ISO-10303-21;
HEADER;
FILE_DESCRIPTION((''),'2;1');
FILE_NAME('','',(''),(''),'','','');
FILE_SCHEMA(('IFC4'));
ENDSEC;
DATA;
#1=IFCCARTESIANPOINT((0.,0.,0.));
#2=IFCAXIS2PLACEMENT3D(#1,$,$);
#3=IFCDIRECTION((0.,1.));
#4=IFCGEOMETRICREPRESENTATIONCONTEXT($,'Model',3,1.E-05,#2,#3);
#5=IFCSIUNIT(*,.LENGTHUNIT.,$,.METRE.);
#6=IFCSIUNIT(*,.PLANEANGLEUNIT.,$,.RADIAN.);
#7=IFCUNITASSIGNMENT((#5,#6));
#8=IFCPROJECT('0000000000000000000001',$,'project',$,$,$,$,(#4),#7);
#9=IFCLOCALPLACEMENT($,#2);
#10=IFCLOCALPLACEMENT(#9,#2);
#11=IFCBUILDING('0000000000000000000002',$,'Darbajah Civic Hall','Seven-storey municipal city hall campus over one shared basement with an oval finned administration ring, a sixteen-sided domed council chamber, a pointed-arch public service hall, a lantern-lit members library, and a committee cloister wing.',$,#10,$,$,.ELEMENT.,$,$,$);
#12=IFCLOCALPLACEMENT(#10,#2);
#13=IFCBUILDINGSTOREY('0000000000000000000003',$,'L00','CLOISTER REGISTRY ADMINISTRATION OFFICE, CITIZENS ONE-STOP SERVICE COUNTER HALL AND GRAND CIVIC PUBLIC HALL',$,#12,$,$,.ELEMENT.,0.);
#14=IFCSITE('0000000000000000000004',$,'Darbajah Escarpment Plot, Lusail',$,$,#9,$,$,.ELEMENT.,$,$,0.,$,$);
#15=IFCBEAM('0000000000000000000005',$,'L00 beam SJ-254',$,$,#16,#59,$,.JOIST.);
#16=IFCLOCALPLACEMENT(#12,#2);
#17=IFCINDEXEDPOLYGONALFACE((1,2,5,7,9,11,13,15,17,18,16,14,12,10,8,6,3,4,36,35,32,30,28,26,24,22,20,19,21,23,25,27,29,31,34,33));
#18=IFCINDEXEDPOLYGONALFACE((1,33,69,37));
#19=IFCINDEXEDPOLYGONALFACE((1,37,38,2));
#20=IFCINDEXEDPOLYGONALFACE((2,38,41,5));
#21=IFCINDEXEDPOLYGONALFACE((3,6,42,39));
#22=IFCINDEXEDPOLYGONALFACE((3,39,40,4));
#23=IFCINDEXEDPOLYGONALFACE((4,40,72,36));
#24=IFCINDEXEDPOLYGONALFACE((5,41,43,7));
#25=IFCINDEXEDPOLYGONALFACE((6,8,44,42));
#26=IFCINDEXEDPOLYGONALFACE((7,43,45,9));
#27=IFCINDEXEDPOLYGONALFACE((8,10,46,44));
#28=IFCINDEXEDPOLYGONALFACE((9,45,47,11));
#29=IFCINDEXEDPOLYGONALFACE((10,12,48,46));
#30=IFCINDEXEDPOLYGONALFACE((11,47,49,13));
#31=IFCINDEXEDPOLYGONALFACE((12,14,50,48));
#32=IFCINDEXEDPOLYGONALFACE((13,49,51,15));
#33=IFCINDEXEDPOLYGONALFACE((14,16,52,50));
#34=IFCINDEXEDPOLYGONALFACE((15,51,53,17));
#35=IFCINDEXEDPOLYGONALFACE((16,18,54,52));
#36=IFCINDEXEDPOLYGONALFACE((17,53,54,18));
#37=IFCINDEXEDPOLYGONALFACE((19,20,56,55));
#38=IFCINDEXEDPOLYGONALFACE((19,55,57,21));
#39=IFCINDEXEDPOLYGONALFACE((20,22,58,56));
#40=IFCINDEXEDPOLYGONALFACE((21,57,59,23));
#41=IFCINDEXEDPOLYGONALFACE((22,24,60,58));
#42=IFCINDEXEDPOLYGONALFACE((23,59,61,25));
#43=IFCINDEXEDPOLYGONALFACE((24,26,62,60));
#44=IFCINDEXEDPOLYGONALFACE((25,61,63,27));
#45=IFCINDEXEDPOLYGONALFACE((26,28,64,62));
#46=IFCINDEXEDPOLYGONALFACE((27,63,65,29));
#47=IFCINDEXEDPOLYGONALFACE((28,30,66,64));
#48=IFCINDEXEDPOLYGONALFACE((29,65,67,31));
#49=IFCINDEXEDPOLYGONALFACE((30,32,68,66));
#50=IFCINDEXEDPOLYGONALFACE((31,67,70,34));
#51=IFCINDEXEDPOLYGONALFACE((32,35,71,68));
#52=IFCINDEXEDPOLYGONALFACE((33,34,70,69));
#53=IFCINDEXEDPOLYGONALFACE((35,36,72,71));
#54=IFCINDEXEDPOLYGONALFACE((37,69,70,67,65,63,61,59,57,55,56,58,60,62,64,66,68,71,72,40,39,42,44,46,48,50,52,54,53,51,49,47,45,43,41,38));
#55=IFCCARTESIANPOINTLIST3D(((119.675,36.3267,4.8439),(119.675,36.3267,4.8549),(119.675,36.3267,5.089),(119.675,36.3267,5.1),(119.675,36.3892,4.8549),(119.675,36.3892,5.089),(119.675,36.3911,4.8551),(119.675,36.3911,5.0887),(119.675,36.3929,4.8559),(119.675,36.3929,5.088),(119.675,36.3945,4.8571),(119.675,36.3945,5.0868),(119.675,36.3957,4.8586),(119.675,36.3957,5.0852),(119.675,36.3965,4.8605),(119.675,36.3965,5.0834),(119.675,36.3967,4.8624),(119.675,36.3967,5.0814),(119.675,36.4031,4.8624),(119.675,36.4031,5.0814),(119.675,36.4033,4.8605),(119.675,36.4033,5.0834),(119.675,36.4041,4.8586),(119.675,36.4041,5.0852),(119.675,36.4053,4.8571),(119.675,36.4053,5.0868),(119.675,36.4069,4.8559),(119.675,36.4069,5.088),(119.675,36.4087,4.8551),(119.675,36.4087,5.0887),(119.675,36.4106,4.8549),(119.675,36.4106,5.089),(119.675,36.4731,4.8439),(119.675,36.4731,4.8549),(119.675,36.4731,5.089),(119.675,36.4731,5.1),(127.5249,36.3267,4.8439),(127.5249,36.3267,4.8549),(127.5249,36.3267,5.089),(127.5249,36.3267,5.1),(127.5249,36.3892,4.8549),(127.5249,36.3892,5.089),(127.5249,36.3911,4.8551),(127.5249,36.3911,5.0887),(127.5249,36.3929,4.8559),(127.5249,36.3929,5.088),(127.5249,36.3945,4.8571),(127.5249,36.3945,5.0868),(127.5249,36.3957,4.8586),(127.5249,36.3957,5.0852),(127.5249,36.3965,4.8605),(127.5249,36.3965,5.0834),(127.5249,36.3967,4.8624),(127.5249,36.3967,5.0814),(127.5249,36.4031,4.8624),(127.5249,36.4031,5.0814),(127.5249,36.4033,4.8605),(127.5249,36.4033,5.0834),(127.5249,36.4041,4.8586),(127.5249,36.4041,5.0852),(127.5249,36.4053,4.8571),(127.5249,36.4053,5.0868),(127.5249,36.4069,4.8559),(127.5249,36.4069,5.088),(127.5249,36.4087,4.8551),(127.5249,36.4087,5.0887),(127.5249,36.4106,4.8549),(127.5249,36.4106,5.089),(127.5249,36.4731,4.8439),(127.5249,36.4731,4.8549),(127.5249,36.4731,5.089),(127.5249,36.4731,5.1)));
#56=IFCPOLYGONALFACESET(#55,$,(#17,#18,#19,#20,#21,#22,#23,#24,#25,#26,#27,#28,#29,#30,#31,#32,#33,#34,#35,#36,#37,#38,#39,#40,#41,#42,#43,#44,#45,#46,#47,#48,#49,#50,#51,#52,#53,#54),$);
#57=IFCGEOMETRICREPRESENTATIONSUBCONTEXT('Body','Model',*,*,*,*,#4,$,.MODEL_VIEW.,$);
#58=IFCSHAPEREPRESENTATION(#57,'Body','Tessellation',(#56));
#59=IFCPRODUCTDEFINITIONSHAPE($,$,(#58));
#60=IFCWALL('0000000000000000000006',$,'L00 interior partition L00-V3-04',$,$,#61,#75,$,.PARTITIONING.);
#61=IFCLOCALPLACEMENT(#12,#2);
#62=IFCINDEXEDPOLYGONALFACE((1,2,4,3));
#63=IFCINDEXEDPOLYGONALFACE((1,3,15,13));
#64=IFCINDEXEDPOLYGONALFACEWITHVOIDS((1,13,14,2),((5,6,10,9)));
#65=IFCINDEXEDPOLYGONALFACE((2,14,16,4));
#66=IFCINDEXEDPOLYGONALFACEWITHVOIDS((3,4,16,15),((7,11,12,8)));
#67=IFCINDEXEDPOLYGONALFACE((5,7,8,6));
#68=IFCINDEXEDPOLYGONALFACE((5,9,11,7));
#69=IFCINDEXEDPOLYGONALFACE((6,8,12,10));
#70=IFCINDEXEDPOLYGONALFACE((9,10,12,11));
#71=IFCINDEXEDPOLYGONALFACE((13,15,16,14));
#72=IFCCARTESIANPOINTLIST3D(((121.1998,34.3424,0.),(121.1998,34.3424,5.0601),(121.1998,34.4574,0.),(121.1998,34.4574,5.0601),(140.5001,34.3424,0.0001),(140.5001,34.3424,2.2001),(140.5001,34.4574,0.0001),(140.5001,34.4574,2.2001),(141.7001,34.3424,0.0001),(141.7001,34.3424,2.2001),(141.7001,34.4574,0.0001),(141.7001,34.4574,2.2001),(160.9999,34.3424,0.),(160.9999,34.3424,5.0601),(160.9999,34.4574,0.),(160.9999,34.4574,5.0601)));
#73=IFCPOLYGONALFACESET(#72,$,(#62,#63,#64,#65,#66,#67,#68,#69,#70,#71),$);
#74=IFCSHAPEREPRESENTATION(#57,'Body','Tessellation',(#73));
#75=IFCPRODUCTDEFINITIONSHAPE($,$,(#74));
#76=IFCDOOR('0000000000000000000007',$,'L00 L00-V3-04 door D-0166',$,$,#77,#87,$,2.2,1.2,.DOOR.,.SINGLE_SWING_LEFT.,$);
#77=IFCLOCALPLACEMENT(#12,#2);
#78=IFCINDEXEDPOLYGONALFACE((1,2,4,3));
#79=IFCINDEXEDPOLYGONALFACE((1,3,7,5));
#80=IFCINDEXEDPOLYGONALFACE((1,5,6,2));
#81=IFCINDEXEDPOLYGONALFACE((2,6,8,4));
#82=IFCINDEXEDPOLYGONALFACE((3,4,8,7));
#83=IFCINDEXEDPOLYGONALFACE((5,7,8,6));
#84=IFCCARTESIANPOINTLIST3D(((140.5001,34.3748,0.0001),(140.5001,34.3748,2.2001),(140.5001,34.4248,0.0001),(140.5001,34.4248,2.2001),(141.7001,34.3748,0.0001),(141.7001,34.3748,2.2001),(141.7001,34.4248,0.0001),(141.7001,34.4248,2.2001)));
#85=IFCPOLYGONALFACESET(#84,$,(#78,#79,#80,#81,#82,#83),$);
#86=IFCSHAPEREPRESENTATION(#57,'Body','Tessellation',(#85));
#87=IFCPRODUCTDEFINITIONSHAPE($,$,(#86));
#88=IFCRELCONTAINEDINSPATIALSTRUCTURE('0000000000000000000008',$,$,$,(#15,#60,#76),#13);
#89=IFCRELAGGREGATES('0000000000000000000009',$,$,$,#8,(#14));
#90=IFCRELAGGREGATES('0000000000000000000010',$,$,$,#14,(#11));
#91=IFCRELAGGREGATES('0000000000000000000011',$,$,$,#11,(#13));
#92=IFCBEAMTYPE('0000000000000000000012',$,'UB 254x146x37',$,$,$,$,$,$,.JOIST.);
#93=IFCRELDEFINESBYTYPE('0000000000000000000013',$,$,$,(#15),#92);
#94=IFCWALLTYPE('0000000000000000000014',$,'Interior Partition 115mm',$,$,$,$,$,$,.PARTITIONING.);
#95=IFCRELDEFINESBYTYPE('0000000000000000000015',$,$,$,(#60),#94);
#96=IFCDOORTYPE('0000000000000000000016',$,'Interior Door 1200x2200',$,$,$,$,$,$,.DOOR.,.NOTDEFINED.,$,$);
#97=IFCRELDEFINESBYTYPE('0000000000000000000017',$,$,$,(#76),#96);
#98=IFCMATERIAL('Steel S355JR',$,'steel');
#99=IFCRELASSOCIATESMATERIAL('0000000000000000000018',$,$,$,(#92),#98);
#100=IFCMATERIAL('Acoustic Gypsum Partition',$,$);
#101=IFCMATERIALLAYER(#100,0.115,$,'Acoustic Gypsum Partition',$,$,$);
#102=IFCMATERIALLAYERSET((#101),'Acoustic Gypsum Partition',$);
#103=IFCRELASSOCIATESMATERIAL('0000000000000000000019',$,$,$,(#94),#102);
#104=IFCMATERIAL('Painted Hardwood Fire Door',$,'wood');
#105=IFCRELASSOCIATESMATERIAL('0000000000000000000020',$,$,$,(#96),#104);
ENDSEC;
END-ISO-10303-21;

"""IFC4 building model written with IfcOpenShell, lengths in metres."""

from ifc_helpers import new_model, si_unit, direction, frame, frame_2d, origin, origin_2d, place, context, subcontext, project, spatial, rectangle, i_section, extrude, material, layer, layer_set, material_profile, profile_set, type_object, element, fill, save


model = new_model("IFC4")

# Units and contexts
model_context = context("Model", 3, precision=1e-05, world=origin(), true_north=direction((0.0, 1.0)))
body_context = subcontext(model_context, "Body", "Model", "MODEL_VIEW")
ifc_project = project(units=[si_unit("LENGTHUNIT", "METRE"), si_unit("PLANEANGLEUNIT", "RADIAN")], contexts=[model_context])

# Site, building, storey
site_placement = place(None, origin())
site = spatial("IfcSite", under=ifc_project, at=site_placement, Name="Darbajah Escarpment Plot, Lusail", CompositionType="ELEMENT", RefElevation=0.0)
building_placement = place(site_placement, origin())
building = spatial("IfcBuilding", under=site, at=building_placement, Name="Darbajah Civic Hall", Description="Seven-storey municipal city hall campus over one shared basement with an oval finned administration ring, a sixteen-sided domed council chamber, a pointed-arch public service hall, a lantern-lit members library, and a committee cloister wing.", CompositionType="ELEMENT")
storey_placement = place(building_placement, origin())
storey = spatial("IfcBuildingStorey", under=building, at=storey_placement, Name="L00", Description="CLOISTER REGISTRY ADMINISTRATION OFFICE, CITIZENS ONE-STOP SERVICE COUNTER HALL AND GRAND CIVIC PUBLIC HALL", CompositionType="ELEMENT", Elevation=0.0)

# Beam
ifc_material_1 = material(Name="Steel S355JR", Category="steel")
ifc_material_profile_1 = material_profile(ifc_material_1, i_section(OverallWidth=0.1465, OverallDepth=0.2561, WebThickness=0.0063, FlangeThickness=0.011, FilletRadius=0.0076, at=origin_2d()), Name="UB 254x146x37")
ifc_profile_set_1 = profile_set([ifc_material_profile_1], Name="Steel S355JR")
beam_type_1 = type_object("IfcBeamType", Name="UB 254x146x37", PredefinedType="JOIST", material=ifc_profile_set_1)
for number, where, z_axis, x_axis, name in (
    (1, (119.675, 36.3999, 4.9719), (1.0, 0.0, 0.0), (0.0, 1.0, 0.0), "L00 beam SJ-254"),
):
    element("IfcBeam", number, at=place(storey_placement, frame(where, z_axis=z_axis, x_axis=x_axis)), inside=storey, type_object=beam_type_1, Name=name, PredefinedType="JOIST", context=body_context, shape_type="SweptSolid", body=[
        extrude(i_section(OverallWidth=0.1465, OverallDepth=0.2561, WebThickness=0.0063, FlangeThickness=0.011, FilletRadius=0.0076, at=origin_2d()), origin(), (0.0, 0.0, 1.0), 7.8499),
    ])

# Wall, opening, door
ifc_material_2 = material(Name="Acoustic Gypsum Partition")
ifc_layer = layer(ifc_material_2, 0.115, Name="Acoustic Gypsum Partition")
ifc_layer_set = layer_set([ifc_layer], Name="Acoustic Gypsum Partition")
wall_type = type_object("IfcWallType", Name="Interior Partition 115mm", PredefinedType="PARTITIONING", material=ifc_layer_set)
wall_placement = place(storey_placement, frame((121.2, 34.3999, 0.0), z_axis=(0.0, 0.0, 1.0), x_axis=(1.0, 0.0, 0.0)))
wall = element("IfcWall", 2, at=wall_placement, inside=storey, type_object=wall_type, Name="L00 interior partition L00-V3-04", PredefinedType="PARTITIONING", context=body_context, shape_type="SweptSolid", body=[
    extrude(rectangle(XDim=39.8, YDim=0.115, at=frame_2d((19.8999, 0.0))), origin(), (0.0, 0.0, 1.0), 5.0601),
])
opening_placement = place(wall_placement, frame((19.3, 0.0, 0.0)))
opening = element("IfcOpeningElement", 3, at=opening_placement, cuts=wall, PredefinedType="OPENING", context=body_context, shape_type="SweptSolid", body=[
    extrude(rectangle(XDim=1.2, YDim=2.2, at=frame_2d((0.6001, 1.1001))), frame((0.0, 0.0674, 0.0), z_axis=(0.0, -1.0, 0.0), x_axis=(1.0, 0.0, 0.0)), (0.0, 0.0, 1.0), 0.135),
])
ifc_material_3 = material(Name="Painted Hardwood Fire Door", Category="wood")
door_type = type_object("IfcDoorType", Name="Interior Door 1200x2200", OperationType="NOTDEFINED", PredefinedType="DOOR", material=ifc_material_3)
door_placement = place(opening_placement, origin())
door = element("IfcDoor", 4, at=door_placement, inside=storey, type_object=door_type, Name="L00 L00-V3-04 door D-0166", OperationType="SINGLE_SWING_LEFT", OverallHeight=2.2, OverallWidth=1.2, PredefinedType="DOOR", context=body_context, shape_type="SweptSolid", body=[
    extrude(rectangle(XDim=1.2, YDim=2.2, at=frame_2d((0.6001, 1.1001))), frame((0.0, 0.0249, 0.0), z_axis=(0.0, -1.0, 0.0), x_axis=(1.0, 0.0, 0.0)), (0.0, 0.0, 1.0), 0.05),
])
fill(opening, door)

save(model, "model.ifc")
